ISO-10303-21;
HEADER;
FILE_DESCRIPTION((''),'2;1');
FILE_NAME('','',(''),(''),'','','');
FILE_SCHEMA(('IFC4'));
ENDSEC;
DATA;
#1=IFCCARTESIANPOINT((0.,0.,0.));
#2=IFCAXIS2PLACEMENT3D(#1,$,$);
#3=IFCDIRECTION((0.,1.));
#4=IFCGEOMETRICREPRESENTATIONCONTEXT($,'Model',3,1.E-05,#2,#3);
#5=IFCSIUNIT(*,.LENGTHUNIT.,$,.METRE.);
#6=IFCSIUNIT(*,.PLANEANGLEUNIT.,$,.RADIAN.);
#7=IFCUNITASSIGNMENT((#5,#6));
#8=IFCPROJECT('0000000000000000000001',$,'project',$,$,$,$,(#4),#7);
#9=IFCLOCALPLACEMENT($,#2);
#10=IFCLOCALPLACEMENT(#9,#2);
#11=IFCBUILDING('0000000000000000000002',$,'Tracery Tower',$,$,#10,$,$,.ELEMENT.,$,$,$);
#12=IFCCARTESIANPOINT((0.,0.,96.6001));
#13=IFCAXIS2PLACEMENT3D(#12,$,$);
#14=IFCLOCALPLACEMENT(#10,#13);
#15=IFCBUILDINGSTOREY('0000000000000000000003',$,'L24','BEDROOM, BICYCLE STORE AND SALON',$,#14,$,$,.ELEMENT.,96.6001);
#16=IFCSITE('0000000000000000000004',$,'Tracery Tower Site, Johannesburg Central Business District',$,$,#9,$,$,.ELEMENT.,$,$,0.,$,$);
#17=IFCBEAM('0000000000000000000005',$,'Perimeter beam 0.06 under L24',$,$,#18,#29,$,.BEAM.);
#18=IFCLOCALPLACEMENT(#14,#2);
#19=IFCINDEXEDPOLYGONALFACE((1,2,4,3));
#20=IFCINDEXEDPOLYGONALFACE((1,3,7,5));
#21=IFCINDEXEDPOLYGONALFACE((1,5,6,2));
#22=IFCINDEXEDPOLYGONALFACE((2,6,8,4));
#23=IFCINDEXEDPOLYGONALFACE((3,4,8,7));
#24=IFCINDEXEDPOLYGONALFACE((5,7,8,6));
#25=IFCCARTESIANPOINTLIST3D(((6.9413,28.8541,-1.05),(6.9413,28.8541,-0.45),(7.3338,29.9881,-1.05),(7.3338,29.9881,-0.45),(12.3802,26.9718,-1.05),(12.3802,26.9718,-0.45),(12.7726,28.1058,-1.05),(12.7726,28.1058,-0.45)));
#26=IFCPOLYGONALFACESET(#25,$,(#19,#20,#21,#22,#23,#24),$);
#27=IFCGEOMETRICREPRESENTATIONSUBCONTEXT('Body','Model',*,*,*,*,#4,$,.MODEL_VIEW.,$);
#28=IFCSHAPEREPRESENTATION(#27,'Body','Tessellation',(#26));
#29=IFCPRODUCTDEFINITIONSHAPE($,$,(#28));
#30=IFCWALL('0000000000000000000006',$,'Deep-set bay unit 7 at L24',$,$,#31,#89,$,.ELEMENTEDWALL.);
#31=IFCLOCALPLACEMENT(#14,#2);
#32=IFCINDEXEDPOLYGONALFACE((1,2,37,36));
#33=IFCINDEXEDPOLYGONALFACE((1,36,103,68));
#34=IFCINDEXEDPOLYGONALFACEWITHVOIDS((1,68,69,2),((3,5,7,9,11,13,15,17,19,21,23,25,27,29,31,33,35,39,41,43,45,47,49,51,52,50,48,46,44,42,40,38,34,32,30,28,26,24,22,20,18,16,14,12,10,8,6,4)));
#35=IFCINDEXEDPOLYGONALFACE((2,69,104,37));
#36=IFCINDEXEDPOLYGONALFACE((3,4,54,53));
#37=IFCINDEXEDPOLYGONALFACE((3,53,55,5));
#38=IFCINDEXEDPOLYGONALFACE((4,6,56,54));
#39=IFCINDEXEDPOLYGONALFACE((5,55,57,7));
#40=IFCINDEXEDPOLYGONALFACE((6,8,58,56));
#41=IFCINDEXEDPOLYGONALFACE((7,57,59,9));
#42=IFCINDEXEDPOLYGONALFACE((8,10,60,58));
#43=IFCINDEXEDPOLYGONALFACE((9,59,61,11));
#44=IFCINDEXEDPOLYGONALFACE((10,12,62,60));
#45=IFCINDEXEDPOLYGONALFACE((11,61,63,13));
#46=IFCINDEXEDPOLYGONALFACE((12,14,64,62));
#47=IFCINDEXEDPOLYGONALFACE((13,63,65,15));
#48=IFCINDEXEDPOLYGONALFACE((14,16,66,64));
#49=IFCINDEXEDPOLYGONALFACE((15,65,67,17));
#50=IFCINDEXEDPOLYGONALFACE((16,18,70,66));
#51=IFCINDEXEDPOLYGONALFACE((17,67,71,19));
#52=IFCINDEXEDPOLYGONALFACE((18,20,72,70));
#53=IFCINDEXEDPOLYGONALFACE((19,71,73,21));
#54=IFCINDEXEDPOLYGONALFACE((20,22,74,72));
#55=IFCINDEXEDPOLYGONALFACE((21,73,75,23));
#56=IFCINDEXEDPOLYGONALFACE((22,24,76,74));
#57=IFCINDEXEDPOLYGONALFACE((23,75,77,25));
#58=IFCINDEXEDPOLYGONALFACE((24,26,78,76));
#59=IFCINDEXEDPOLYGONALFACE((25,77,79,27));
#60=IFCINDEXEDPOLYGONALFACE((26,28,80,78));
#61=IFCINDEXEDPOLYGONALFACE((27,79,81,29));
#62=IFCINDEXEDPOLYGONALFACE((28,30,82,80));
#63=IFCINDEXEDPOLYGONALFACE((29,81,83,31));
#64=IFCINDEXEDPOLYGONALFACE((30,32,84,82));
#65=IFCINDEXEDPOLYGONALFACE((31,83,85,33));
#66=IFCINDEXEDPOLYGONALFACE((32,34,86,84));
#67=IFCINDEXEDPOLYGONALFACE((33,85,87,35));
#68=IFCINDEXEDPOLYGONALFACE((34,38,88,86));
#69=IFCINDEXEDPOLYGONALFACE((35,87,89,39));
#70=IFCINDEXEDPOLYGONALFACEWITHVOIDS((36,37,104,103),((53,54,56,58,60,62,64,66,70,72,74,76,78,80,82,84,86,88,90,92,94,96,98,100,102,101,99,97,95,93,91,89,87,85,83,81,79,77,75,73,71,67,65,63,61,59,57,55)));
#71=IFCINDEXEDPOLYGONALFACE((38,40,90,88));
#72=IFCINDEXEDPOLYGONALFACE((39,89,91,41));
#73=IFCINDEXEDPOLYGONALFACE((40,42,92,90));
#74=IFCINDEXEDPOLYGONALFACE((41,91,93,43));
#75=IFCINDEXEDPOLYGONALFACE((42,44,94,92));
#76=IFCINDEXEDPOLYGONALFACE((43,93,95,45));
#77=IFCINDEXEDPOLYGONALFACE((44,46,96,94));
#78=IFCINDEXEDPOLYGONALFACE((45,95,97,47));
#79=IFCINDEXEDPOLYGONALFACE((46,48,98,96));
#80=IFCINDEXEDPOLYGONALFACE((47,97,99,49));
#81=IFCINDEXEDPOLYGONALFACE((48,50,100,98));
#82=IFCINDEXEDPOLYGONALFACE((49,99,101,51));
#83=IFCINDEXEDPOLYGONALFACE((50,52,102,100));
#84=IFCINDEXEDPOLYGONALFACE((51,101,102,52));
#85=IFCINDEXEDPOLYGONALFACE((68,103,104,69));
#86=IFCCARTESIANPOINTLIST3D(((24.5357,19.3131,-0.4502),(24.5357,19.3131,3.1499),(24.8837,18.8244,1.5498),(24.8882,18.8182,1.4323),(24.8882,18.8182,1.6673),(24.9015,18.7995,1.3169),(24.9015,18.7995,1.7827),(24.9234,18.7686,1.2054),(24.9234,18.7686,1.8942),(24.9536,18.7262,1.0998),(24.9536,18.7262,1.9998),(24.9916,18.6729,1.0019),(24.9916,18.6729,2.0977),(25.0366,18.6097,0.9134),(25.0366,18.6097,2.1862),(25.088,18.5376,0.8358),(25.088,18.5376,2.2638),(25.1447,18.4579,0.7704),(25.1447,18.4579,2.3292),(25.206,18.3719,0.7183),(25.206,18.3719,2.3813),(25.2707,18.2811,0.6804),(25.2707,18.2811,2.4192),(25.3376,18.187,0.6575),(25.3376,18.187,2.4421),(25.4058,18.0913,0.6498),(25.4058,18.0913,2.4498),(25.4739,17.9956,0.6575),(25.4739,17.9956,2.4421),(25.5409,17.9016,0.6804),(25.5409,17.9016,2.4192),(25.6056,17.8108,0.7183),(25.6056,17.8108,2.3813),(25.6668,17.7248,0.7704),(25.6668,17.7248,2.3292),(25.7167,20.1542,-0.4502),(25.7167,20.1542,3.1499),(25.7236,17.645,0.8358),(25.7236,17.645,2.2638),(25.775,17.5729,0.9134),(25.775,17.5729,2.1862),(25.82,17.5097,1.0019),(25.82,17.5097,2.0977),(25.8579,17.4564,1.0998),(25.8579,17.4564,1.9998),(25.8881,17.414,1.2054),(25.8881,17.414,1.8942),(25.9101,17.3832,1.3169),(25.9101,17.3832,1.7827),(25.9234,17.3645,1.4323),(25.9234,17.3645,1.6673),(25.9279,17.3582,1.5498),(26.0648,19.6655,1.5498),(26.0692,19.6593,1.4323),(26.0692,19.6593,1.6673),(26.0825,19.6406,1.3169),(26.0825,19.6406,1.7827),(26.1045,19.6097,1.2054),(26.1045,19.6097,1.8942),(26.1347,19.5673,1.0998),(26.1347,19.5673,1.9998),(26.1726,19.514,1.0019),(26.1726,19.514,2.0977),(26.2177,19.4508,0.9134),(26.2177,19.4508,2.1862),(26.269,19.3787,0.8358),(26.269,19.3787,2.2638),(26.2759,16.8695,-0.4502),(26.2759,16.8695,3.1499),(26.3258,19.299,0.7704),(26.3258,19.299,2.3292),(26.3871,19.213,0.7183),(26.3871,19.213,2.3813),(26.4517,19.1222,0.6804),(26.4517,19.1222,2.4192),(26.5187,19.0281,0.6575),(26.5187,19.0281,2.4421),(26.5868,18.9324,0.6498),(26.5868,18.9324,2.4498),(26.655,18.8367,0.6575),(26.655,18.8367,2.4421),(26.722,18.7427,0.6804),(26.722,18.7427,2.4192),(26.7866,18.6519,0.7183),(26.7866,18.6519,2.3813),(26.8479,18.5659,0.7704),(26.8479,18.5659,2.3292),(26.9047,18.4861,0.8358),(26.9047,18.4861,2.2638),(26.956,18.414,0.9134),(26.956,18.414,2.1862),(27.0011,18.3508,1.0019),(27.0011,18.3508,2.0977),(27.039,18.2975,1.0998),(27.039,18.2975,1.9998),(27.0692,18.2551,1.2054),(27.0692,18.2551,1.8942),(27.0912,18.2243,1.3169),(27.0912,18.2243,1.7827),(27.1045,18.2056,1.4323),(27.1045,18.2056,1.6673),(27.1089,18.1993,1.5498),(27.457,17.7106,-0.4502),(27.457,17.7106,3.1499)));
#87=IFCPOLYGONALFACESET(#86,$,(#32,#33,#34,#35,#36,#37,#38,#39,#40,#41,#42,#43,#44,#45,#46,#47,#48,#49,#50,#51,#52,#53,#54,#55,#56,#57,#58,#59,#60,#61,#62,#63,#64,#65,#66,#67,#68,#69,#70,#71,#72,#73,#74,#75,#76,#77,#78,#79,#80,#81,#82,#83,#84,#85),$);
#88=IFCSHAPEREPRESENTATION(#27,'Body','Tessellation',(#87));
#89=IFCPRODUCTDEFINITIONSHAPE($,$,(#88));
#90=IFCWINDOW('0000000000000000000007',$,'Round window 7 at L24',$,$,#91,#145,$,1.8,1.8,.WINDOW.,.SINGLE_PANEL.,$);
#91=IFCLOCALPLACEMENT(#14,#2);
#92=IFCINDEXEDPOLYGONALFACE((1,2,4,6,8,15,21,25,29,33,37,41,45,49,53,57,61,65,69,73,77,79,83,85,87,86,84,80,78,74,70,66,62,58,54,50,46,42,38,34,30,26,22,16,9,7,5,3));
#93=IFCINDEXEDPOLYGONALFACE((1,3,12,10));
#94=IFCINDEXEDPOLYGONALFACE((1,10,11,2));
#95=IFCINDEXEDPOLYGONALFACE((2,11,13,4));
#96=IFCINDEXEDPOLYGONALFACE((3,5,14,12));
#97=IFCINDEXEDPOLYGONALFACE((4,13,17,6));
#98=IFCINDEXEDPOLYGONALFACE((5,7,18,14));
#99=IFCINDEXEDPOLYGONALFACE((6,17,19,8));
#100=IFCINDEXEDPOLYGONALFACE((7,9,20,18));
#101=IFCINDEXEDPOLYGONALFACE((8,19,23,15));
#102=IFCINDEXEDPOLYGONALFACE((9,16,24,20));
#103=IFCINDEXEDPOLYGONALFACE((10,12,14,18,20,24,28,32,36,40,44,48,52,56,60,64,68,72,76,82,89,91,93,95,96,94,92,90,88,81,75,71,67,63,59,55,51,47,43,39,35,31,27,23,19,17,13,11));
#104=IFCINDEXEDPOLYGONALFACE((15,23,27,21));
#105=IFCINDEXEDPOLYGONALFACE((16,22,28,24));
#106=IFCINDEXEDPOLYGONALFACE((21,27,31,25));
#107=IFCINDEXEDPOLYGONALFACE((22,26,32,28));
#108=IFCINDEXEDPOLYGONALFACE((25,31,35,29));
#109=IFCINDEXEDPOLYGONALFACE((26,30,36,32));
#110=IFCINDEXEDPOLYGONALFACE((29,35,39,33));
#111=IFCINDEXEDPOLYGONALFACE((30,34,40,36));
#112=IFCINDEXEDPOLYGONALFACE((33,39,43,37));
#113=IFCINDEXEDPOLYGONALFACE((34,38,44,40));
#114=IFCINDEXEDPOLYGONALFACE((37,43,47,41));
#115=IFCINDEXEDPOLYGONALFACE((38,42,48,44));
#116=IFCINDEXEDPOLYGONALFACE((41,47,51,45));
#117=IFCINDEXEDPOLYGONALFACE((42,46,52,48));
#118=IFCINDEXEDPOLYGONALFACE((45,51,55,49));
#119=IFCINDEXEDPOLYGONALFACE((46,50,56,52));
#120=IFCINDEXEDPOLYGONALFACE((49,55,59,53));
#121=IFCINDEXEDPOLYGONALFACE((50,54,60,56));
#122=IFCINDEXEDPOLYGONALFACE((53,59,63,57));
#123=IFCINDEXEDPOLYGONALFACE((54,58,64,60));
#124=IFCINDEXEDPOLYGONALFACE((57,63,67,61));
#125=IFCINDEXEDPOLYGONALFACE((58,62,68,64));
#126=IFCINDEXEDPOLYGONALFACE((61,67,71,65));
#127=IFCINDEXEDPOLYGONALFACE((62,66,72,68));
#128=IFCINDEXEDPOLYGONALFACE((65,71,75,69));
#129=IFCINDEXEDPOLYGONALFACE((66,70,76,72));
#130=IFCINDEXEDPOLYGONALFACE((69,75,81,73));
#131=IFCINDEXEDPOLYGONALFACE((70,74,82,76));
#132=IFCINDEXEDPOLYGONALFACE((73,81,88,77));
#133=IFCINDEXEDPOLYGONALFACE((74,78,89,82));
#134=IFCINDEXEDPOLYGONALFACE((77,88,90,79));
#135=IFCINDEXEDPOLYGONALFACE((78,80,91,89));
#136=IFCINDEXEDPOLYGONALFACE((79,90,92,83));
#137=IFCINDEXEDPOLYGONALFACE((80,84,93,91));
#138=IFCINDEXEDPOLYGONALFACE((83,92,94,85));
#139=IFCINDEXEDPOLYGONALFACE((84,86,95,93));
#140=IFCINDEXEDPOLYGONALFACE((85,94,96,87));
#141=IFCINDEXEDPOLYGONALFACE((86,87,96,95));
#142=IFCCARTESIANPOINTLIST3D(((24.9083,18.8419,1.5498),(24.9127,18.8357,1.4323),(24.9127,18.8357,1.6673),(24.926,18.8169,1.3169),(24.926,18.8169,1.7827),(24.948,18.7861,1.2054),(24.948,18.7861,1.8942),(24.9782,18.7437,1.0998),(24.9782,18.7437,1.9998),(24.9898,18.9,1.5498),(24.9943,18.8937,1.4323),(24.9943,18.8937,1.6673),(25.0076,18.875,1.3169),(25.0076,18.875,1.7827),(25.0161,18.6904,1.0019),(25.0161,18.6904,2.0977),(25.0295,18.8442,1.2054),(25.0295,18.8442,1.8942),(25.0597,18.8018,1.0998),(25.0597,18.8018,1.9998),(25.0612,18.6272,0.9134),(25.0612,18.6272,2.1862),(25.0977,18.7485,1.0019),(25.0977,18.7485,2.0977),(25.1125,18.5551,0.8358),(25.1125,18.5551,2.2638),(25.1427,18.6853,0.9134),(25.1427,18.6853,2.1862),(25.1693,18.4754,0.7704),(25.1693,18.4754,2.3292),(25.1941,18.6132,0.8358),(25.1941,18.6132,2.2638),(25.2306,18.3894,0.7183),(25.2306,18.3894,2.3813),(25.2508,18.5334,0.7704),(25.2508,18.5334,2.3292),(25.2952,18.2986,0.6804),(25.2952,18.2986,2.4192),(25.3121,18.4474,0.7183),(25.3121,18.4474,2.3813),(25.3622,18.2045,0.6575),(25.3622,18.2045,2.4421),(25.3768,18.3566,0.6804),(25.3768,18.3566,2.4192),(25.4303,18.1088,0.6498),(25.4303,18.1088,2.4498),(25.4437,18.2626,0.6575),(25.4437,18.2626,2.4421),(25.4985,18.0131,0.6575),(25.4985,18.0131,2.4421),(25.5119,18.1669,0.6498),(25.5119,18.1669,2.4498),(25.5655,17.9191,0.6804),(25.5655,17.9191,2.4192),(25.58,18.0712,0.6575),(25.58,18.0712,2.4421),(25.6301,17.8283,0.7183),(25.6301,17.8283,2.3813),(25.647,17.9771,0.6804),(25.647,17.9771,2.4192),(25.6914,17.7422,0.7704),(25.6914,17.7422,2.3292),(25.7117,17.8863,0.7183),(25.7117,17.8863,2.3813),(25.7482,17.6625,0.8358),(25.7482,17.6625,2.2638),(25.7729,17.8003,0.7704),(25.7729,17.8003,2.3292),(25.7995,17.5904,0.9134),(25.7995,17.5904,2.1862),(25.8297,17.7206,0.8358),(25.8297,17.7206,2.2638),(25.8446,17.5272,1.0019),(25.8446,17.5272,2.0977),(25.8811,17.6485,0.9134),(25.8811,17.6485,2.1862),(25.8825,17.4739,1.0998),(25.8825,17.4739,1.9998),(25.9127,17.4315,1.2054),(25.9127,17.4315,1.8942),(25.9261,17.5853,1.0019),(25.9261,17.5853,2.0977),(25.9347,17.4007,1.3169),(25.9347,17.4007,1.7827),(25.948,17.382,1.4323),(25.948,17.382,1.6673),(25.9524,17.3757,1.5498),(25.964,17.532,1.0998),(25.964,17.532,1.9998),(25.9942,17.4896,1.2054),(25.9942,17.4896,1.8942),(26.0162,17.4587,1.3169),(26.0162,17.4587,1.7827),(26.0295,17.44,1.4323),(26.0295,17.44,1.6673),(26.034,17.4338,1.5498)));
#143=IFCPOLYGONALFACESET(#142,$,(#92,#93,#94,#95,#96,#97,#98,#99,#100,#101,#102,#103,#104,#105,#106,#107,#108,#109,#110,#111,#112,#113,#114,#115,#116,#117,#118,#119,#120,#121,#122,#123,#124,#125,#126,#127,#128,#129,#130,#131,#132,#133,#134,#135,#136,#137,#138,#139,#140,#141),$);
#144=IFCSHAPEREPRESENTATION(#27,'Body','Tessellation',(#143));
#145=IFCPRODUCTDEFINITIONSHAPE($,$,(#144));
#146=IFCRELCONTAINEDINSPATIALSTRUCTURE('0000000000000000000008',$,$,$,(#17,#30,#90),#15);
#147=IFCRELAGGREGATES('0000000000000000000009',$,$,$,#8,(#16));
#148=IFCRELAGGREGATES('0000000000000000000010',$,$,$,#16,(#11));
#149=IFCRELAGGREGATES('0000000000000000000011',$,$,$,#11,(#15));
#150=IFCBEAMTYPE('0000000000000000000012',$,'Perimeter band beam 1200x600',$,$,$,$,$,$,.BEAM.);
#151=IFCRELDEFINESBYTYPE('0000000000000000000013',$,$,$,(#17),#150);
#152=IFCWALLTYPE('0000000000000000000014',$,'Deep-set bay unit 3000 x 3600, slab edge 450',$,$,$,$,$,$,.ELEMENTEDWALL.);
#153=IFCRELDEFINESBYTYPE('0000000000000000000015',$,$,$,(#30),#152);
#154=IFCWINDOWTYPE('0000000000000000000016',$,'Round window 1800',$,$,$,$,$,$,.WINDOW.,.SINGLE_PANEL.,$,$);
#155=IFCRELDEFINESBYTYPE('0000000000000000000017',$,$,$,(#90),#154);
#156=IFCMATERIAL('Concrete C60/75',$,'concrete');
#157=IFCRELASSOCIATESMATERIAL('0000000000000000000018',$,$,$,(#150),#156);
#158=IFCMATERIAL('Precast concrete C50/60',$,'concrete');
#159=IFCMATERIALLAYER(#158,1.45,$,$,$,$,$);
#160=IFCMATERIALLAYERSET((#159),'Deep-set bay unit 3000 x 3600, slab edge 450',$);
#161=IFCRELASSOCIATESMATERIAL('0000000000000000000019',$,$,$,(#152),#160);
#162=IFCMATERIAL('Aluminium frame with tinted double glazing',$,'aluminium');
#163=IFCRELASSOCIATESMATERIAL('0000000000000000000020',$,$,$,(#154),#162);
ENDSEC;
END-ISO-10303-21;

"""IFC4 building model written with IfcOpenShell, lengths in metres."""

from ifc_helpers import new_model, si_unit, direction, frame, frame_2d, origin, origin_2d, place, context, subcontext, project, spatial, rectangle, circle, extrude, material, layer, layer_set, material_profile, profile_set, type_object, element, fill, save


model = new_model("IFC4")

# Units and contexts
model_context = context("Model", 3, precision=1e-05, world=origin(), true_north=direction((0.0, 1.0)))
body_context = subcontext(model_context, "Body", "Model", "MODEL_VIEW")
ifc_project = project(units=[si_unit("LENGTHUNIT", "METRE"), si_unit("PLANEANGLEUNIT", "RADIAN")], contexts=[model_context])

# Site, building, storey
site_placement = place(None, origin())
site = spatial("IfcSite", under=ifc_project, at=site_placement, Name="Tracery Tower Site, Johannesburg Central Business District", CompositionType="ELEMENT", RefElevation=0.0)
building_placement = place(site_placement, origin())
building = spatial("IfcBuilding", under=site, at=building_placement, Name="Tracery Tower", CompositionType="ELEMENT")
storey_placement = place(building_placement, frame((0.0, 0.0, 96.6001)))
storey = spatial("IfcBuildingStorey", under=building, at=storey_placement, Name="L24", Description="BEDROOM, BICYCLE STORE AND SALON", CompositionType="ELEMENT", Elevation=96.6001)

# Beam
ifc_material_1 = material(Name="Concrete C60/75", Category="concrete")
ifc_material_profile_1 = material_profile(ifc_material_1, rectangle(XDim=1.2, YDim=0.6001, at=origin_2d()), Name="RC 1200x600")
ifc_profile_set_1 = profile_set([ifc_material_profile_1], Name="Concrete C60/75")
beam_type = type_object("IfcBeamType", Name="Perimeter band beam 1200x600", PredefinedType="BEAM", material=ifc_profile_set_1)
beam_1_placement = place(storey_placement, frame((12.5764, 27.5388, -0.75), z_axis=(-0.945007, 0.327049, 0.0), x_axis=(-0.327049, -0.945007, 0.0)))
element("IfcBeam", 1, at=beam_1_placement, inside=storey, type_object=beam_type, Name="Perimeter beam 0.06 under L24", PredefinedType="BEAM", context=body_context, shape_type="SweptSolid", body=[
    extrude(rectangle(XDim=1.2, YDim=0.6001, at=origin_2d()), origin(), (0.0, 0.0, 1.0), 5.7554),
])

# Wall, opening, window
ifc_material_2 = material(Name="Precast concrete C50/60", Category="concrete")
ifc_layer_1 = layer(ifc_material_2, 1.45)
ifc_layer_set_1 = layer_set([ifc_layer_1], Name="Deep-set bay unit 3000 x 3600, slab edge 450")
wall_type_1 = type_object("IfcWallType", Name="Deep-set bay unit 3000 x 3600, slab edge 450", PredefinedType="ELEMENTEDWALL", material=ifc_layer_set_1)
wall_1_placement = place(storey_placement, frame((26.8665, 17.29, -0.4502), z_axis=(0.0, 0.0, 1.0), x_axis=(-0.580091, 0.814552, 0.0)))
wall_1 = element("IfcWall", 2, at=wall_1_placement, inside=storey, type_object=wall_type_1, Name="Deep-set bay unit 7 at L24", PredefinedType="ELEMENTEDWALL", context=body_context, shape_type="SweptSolid", body=[
    extrude(rectangle(XDim=3.0, YDim=1.45, at=frame_2d((1.5, 0.0))), origin(), (0.0, 0.0, 1.0), 3.6001),
])
opening_1_placement = place(wall_1_placement, frame((1.5, 0.0, 2.0)))
opening_1 = element("IfcOpeningElement", 3, at=opening_1_placement, cuts=wall_1, PredefinedType="OPENING", context=body_context, shape_type="SweptSolid", body=[
    extrude(circle(Radius=0.9, at=origin_2d()), frame((0.0, 0.7349, 0.0), z_axis=(0.0, -1.0, 0.0), x_axis=(1.0, 0.0, 0.0)), (0.0, 0.0, 1.0), 1.47),
])
ifc_material_3 = material(Name="Aluminium frame with tinted double glazing", Category="aluminium")
window_type = type_object("IfcWindowType", Name="Round window 1800", PartitioningType="SINGLE_PANEL", PredefinedType="WINDOW", material=ifc_material_3)
window_1_placement = place(opening_1_placement, origin())
window_1 = element("IfcWindow", 4, at=window_1_placement, inside=storey, type_object=window_type, Name="Round window 7 at L24", OverallHeight=1.8, OverallWidth=1.8, PartitioningType="SINGLE_PANEL", PredefinedType="WINDOW", context=body_context, shape_type="SweptSolid", body=[
    extrude(circle(Radius=0.9, at=origin_2d()), frame((0.0, 0.6948, 0.0), z_axis=(0.0, -1.0, 0.0), x_axis=(1.0, 0.0, 0.0)), (0.0, 0.0, 1.0), 0.1001),
])
fill(opening_1, window_1)

save(model, "model.ifc")
